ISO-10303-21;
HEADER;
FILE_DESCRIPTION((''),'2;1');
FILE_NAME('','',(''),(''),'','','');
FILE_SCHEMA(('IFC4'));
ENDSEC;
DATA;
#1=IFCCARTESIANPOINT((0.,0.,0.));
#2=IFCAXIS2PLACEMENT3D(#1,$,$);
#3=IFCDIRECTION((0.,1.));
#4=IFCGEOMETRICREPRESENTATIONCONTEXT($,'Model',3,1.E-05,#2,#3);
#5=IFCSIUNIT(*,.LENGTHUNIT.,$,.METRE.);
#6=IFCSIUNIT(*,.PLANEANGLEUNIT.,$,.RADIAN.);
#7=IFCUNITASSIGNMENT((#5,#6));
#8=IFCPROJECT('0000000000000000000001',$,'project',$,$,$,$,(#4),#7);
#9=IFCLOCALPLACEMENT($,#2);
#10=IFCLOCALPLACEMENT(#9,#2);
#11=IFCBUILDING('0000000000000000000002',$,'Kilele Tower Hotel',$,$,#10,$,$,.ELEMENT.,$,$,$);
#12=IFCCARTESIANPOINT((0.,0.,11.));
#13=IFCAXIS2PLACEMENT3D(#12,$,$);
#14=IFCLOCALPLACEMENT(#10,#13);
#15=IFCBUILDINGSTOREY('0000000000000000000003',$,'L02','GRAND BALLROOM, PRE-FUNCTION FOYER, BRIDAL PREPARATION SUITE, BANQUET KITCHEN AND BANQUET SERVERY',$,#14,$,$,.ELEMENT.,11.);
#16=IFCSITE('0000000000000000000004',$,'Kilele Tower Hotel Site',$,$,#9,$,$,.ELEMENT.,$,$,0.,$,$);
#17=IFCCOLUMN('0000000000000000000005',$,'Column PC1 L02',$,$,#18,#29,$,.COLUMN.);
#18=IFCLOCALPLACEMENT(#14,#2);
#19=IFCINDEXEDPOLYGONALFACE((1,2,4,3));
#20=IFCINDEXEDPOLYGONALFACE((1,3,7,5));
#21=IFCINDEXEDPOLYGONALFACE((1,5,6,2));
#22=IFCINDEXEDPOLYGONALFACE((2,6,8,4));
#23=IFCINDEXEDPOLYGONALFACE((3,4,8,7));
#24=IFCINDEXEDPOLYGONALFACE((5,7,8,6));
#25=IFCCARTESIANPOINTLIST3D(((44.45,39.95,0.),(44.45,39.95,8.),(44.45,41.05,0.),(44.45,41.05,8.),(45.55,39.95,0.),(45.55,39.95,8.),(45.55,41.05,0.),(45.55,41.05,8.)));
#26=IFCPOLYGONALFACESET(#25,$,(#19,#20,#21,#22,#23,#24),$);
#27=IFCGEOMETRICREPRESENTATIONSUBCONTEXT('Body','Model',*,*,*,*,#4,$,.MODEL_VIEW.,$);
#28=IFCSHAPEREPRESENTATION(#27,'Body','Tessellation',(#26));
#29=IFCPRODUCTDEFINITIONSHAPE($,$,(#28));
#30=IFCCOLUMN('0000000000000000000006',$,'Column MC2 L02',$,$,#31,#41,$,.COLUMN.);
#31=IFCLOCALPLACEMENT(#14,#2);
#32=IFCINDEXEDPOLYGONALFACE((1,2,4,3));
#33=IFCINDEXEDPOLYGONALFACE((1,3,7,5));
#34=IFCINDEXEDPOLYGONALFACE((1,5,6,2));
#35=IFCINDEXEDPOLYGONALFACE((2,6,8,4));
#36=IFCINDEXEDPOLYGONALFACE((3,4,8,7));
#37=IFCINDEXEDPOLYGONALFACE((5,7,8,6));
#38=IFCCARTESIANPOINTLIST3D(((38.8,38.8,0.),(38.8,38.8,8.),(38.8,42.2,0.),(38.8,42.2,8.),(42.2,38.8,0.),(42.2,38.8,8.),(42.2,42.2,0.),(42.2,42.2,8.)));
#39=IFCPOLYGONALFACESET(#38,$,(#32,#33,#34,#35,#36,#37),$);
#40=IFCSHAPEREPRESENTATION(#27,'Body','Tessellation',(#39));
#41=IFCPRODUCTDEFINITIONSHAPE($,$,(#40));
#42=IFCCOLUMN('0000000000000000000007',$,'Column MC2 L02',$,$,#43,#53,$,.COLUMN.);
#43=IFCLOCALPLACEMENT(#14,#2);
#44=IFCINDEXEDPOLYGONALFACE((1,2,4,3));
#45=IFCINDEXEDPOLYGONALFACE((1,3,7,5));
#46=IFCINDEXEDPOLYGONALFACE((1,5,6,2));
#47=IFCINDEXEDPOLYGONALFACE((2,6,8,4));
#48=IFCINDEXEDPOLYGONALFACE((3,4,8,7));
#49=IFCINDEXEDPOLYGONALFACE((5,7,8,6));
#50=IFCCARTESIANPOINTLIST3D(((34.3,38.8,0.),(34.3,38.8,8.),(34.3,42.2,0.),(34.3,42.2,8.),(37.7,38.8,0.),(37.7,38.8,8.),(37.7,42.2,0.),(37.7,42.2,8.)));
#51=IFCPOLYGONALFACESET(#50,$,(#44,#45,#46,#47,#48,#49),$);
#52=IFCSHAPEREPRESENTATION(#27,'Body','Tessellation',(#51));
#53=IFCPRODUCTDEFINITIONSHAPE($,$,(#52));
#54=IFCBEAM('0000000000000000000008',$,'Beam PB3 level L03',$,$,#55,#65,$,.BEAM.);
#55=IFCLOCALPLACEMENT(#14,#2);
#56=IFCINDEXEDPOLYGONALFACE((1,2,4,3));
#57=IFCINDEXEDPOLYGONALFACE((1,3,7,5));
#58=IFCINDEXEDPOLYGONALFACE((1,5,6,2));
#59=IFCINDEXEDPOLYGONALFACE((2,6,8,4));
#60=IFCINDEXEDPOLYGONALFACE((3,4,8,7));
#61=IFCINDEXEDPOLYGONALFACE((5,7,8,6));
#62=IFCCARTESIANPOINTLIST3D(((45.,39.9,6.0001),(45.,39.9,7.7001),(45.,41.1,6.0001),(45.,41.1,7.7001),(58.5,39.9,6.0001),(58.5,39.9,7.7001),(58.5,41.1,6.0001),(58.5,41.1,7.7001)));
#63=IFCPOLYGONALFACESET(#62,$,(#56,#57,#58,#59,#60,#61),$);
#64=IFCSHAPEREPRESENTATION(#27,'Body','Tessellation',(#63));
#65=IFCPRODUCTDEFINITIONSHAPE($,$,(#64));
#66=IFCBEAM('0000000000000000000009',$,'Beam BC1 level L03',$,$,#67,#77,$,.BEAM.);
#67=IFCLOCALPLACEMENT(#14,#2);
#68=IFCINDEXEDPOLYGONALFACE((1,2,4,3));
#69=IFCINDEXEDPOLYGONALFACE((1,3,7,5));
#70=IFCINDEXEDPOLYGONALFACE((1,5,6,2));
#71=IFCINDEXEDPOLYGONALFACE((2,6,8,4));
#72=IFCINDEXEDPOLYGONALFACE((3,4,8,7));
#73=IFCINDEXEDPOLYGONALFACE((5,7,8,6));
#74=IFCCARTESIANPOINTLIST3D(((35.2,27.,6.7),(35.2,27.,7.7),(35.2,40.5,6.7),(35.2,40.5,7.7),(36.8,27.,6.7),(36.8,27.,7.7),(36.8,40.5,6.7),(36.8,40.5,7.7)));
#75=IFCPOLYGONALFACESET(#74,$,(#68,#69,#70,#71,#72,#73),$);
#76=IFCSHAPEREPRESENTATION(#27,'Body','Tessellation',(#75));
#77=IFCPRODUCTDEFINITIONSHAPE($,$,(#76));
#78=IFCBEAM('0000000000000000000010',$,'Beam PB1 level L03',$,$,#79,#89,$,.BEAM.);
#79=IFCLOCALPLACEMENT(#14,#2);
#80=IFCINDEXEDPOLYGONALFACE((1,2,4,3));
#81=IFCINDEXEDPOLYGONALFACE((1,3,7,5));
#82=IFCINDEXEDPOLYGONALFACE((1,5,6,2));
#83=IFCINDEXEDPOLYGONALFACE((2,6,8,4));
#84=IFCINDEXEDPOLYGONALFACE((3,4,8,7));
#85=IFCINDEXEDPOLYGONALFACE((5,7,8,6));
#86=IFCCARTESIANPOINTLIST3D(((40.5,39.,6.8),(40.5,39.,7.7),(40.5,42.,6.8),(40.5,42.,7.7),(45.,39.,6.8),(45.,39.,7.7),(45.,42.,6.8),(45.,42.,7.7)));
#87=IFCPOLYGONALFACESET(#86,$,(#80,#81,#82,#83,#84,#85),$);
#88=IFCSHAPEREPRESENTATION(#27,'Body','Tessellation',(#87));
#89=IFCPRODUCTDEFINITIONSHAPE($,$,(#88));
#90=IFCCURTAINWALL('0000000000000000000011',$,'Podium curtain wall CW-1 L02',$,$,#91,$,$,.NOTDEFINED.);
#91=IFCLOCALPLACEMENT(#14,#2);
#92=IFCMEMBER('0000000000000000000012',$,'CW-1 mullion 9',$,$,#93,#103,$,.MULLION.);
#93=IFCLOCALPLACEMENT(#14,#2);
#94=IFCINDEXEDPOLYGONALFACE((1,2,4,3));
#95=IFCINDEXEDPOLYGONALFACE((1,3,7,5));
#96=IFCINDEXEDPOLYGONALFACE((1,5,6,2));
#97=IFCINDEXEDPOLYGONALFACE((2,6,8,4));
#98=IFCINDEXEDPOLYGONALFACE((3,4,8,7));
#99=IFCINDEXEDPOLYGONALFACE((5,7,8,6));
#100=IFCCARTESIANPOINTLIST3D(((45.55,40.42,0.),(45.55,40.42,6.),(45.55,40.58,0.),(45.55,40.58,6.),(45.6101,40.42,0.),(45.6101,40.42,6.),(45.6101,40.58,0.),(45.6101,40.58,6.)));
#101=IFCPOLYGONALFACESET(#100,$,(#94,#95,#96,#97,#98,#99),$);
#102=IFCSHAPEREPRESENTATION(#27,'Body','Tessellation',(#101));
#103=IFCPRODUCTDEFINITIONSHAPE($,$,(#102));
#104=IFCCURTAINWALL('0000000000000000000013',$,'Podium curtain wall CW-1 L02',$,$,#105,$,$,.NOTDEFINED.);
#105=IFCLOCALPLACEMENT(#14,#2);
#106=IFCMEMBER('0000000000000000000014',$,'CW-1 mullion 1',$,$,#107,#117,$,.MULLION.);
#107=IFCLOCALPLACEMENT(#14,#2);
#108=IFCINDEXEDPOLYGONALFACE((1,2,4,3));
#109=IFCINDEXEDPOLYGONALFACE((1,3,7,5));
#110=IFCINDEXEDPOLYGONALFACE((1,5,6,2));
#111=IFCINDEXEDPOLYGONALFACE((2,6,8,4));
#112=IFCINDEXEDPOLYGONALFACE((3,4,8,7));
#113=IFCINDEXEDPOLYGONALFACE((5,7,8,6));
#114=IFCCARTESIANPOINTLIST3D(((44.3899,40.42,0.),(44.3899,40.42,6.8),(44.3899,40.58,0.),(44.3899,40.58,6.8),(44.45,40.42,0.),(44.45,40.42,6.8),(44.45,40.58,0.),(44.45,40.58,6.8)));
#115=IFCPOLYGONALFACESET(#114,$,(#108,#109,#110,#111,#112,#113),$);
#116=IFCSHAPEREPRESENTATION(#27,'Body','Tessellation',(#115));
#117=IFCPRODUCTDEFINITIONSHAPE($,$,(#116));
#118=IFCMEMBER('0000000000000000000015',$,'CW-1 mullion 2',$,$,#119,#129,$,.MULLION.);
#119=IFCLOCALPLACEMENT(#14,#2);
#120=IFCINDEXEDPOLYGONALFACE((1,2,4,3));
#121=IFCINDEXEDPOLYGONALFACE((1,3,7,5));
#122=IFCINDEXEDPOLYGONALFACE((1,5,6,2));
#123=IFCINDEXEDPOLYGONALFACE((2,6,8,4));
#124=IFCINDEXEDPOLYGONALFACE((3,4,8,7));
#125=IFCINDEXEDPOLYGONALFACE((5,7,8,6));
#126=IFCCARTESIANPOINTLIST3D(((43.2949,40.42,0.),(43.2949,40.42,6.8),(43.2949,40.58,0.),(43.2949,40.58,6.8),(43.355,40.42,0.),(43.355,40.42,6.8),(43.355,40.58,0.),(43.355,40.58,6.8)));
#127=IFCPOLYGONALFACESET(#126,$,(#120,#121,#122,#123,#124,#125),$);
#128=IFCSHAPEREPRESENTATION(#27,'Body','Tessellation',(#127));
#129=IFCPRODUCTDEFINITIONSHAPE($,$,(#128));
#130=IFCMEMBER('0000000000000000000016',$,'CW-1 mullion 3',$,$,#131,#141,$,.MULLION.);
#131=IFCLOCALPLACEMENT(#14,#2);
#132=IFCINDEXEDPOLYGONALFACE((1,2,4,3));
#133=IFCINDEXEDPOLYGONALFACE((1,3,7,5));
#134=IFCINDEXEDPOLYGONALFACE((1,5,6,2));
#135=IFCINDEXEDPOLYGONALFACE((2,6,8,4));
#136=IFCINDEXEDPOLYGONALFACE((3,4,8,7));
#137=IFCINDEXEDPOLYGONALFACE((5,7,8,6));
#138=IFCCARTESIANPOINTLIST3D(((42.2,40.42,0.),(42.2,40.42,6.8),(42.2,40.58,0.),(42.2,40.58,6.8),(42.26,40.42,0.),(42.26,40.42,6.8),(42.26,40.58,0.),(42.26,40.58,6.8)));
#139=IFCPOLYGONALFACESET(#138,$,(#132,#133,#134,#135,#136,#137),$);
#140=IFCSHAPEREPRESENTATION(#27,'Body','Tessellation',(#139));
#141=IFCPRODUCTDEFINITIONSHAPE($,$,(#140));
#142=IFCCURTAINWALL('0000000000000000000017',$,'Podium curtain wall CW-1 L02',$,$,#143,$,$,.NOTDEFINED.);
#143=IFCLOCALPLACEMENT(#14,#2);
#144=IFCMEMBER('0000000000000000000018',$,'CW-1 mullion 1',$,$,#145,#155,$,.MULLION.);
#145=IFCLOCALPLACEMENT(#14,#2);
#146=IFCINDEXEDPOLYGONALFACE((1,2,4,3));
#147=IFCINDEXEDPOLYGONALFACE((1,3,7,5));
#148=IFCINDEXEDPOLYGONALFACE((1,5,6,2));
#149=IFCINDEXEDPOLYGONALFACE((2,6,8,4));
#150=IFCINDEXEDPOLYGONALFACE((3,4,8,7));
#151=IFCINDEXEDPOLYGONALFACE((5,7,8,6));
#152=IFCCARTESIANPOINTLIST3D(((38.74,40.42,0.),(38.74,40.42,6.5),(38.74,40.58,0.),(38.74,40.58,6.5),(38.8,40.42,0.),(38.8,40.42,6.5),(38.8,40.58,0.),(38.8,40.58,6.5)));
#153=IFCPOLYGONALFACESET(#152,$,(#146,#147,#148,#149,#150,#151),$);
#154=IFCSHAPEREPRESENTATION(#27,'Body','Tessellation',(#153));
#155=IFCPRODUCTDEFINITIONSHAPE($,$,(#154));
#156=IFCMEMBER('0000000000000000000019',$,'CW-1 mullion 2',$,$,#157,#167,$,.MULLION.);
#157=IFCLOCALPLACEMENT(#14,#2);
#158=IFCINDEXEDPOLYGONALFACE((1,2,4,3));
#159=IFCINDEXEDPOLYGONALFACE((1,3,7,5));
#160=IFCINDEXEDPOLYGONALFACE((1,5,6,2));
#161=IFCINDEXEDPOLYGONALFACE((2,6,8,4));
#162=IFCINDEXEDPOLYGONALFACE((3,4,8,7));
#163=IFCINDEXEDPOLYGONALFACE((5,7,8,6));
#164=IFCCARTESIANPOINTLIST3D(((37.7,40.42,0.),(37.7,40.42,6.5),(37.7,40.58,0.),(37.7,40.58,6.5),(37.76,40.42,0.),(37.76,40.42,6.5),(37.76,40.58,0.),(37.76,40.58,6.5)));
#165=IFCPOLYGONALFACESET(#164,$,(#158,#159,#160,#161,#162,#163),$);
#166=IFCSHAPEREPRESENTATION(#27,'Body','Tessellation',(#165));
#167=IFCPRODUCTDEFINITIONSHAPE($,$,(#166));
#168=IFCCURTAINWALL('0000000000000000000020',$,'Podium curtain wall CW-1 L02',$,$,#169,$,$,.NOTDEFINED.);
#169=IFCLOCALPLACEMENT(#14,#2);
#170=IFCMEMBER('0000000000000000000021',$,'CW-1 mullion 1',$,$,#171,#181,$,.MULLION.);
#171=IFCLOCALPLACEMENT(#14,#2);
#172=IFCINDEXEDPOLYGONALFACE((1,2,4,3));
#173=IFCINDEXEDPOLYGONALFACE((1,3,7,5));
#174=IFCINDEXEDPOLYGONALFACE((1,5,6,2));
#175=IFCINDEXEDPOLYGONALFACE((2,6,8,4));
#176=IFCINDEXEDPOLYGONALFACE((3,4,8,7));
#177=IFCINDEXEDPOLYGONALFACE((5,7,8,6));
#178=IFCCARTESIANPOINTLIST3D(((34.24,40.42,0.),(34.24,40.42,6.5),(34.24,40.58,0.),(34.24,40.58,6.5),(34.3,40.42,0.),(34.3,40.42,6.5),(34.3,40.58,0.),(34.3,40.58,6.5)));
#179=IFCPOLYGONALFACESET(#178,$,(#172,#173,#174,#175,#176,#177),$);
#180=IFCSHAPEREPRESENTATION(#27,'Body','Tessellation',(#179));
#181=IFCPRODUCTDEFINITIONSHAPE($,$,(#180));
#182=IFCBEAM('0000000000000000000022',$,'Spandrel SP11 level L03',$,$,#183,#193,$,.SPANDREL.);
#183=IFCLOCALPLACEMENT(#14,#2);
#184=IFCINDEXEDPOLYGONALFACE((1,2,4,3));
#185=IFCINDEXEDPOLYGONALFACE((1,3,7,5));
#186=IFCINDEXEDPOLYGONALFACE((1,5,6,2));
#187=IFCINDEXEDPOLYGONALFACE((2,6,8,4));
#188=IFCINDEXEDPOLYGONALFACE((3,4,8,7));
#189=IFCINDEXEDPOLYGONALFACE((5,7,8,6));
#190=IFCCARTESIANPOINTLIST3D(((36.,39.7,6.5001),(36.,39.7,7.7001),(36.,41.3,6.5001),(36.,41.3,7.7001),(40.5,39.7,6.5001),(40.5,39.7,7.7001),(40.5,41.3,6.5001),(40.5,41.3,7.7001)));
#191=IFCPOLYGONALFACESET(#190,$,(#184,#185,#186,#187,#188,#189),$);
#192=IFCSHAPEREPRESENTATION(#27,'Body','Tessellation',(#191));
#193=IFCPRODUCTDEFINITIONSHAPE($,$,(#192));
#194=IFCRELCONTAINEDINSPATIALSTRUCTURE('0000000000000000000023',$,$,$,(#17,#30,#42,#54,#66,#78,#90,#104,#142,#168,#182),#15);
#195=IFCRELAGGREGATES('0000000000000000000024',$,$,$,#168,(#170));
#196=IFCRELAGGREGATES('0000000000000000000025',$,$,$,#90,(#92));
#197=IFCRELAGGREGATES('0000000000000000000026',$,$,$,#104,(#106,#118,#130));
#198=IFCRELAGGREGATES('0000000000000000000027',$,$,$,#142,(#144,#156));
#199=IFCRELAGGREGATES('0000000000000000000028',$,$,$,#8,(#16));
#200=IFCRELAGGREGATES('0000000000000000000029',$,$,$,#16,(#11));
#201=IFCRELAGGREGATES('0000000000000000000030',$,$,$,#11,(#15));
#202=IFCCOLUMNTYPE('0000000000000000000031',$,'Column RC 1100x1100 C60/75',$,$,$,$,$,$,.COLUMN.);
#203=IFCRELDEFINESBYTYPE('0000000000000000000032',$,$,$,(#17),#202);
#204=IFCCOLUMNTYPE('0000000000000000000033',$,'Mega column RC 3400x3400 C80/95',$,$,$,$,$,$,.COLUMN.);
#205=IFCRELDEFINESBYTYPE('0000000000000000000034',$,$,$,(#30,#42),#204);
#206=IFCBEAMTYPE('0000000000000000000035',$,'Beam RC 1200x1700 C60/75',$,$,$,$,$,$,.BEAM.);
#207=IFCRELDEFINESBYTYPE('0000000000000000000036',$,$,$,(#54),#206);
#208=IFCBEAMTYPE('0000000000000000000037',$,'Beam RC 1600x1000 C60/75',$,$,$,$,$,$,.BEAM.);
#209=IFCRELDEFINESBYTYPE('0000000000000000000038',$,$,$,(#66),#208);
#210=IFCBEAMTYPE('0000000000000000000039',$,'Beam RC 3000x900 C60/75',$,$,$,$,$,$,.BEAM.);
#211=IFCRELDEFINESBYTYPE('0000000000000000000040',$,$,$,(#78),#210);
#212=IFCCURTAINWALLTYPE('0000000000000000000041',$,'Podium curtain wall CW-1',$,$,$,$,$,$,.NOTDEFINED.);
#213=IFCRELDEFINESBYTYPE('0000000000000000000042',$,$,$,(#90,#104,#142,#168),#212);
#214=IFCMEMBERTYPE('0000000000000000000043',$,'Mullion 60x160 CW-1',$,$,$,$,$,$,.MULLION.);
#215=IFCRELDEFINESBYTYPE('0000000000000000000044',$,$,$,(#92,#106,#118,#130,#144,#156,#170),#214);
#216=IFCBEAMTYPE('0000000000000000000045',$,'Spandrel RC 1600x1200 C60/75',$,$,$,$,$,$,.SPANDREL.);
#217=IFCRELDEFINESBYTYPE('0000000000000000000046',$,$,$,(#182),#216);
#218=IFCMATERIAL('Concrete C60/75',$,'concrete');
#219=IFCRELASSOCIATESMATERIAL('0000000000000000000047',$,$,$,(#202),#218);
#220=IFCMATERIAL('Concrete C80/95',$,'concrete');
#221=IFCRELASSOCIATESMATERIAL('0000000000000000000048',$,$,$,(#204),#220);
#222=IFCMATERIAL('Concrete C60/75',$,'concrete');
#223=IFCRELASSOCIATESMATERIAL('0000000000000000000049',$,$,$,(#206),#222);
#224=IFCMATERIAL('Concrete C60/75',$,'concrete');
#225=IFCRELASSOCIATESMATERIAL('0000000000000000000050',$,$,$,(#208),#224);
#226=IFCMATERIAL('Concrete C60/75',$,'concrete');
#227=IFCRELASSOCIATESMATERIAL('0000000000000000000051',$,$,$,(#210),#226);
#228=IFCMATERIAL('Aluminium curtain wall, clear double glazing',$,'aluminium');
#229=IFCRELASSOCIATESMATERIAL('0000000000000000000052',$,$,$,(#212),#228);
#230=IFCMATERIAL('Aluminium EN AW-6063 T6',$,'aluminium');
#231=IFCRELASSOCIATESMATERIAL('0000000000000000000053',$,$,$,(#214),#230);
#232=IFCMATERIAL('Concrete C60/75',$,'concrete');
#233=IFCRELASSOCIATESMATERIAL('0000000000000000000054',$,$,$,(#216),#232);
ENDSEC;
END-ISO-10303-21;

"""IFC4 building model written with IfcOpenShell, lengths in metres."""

from ifc_helpers import new_model, si_unit, direction, frame, origin, origin_2d, place, context, subcontext, project, spatial, rectangle, extrude, material, material_profile, profile_set, type_object, element, aggregate, save


model = new_model("IFC4")

# Units and contexts
model_context = context("Model", 3, precision=1e-05, world=origin(), true_north=direction((0.0, 1.0)))
body_context = subcontext(model_context, "Body", "Model", "MODEL_VIEW")
ifc_project = project(units=[si_unit("LENGTHUNIT", "METRE"), si_unit("PLANEANGLEUNIT", "RADIAN")], contexts=[model_context])

# Site, building, storey
site_placement = place(None, origin())
site = spatial("IfcSite", under=ifc_project, at=site_placement, Name="Kilele Tower Hotel Site", CompositionType="ELEMENT", RefElevation=0.0)
building_placement = place(site_placement, origin())
building = spatial("IfcBuilding", under=site, at=building_placement, Name="Kilele Tower Hotel", CompositionType="ELEMENT")
storey_placement = place(building_placement, frame((0.0, 0.0, 11.0)))
storey = spatial("IfcBuildingStorey", under=building, at=storey_placement, Name="L02", Description="GRAND BALLROOM, PRE-FUNCTION FOYER, BRIDAL PREPARATION SUITE, BANQUET KITCHEN AND BANQUET SERVERY", CompositionType="ELEMENT", Elevation=11.0)

# Columns
ifc_material_1 = material(Name="Concrete C60/75", Category="concrete")
ifc_material_profile_1 = material_profile(ifc_material_1, rectangle(XDim=1.1001, YDim=1.1001, at=origin_2d()))
ifc_profile_set_1 = profile_set([ifc_material_profile_1], Name="Concrete C60/75")
column_type_1 = type_object("IfcColumnType", Name="Column RC 1100x1100 C60/75", PredefinedType="COLUMN", material=ifc_profile_set_1)
column_placement = place(storey_placement, frame((45.0, 40.5, 0.0), z_axis=(0.0, 0.0, 1.0), x_axis=(1.0, 0.0, 0.0)))
element("IfcColumn", 1, at=column_placement, inside=storey, type_object=column_type_1, Name="Column PC1 L02", PredefinedType="COLUMN", context=body_context, shape_type="SweptSolid", body=[
    extrude(rectangle(XDim=1.1001, YDim=1.1001, at=origin_2d()), origin(), (0.0, 0.0, 1.0), 8.0),
])
ifc_material_2 = material(Name="Concrete C80/95", Category="concrete")
ifc_material_profile_2 = material_profile(ifc_material_2, rectangle(XDim=3.3999, YDim=3.3999, at=origin_2d()))
ifc_profile_set_2 = profile_set([ifc_material_profile_2], Name="Concrete C80/95")
column_type_2 = type_object("IfcColumnType", Name="Mega column RC 3400x3400 C80/95", PredefinedType="COLUMN", material=ifc_profile_set_2)
for number, where, z_axis, x_axis, name in (
    (2, (40.5, 40.5, 0.0), (0.0, 0.0, 1.0), (1.0, 0.0, 0.0), "Column MC2 L02"),
    (3, (36.0, 40.5, 0.0), (0.0, 0.0, 1.0), (1.0, 0.0, 0.0), "Column MC2 L02"),
):
    element("IfcColumn", number, at=place(storey_placement, frame(where, z_axis=z_axis, x_axis=x_axis)), inside=storey, type_object=column_type_2, Name=name, PredefinedType="COLUMN", context=body_context, shape_type="SweptSolid", body=[
        extrude(rectangle(XDim=3.3999, YDim=3.3999, at=origin_2d()), origin(), (0.0, 0.0, 1.0), 8.0),
    ])

# Beams
ifc_material_3 = material(Name="Concrete C60/75", Category="concrete")
ifc_material_profile_3 = material_profile(ifc_material_3, rectangle(XDim=1.2, YDim=1.7, at=origin_2d()))
ifc_profile_set_3 = profile_set([ifc_material_profile_3], Name="Concrete C60/75")
beam_type_1 = type_object("IfcBeamType", Name="Beam RC 1200x1700 C60/75", PredefinedType="BEAM", material=ifc_profile_set_3)
beam_1_placement = place(storey_placement, frame((45.0, 40.5, 6.8501), z_axis=(1.0, 0.0, 0.0), x_axis=(0.0, 1.0, 0.0)))
element("IfcBeam", 4, at=beam_1_placement, inside=storey, type_object=beam_type_1, Name="Beam PB3 level L03", PredefinedType="BEAM", context=body_context, shape_type="SweptSolid", body=[
    extrude(rectangle(XDim=1.2, YDim=1.7, at=origin_2d()), origin(), (0.0, 0.0, 1.0), 13.5),
])
ifc_material_4 = material(Name="Concrete C60/75", Category="concrete")
ifc_material_profile_4 = material_profile(ifc_material_4, rectangle(XDim=1.6001, YDim=1.0, at=origin_2d()))
ifc_profile_set_4 = profile_set([ifc_material_profile_4], Name="Concrete C60/75")
beam_type_2 = type_object("IfcBeamType", Name="Beam RC 1600x1000 C60/75", PredefinedType="BEAM", material=ifc_profile_set_4)
beam_2_placement = place(storey_placement, frame((36.0, 40.5, 7.2), z_axis=(0.0, -1.0, 0.0), x_axis=(1.0, 0.0, 0.0)))
element("IfcBeam", 5, at=beam_2_placement, inside=storey, type_object=beam_type_2, Name="Beam BC1 level L03", PredefinedType="BEAM", context=body_context, shape_type="SweptSolid", body=[
    extrude(rectangle(XDim=1.6001, YDim=1.0, at=origin_2d()), origin(), (0.0, 0.0, 1.0), 13.5),
])
ifc_material_5 = material(Name="Concrete C60/75", Category="concrete")
ifc_material_profile_5 = material_profile(ifc_material_5, rectangle(XDim=3.0, YDim=0.8999, at=origin_2d()))
ifc_profile_set_5 = profile_set([ifc_material_profile_5], Name="Concrete C60/75")
beam_type_3 = type_object("IfcBeamType", Name="Beam RC 3000x900 C60/75", PredefinedType="BEAM", material=ifc_profile_set_5)
beam_3_placement = place(storey_placement, frame((40.5, 40.5, 7.25), z_axis=(1.0, 0.0, 0.0), x_axis=(0.0, 1.0, 0.0)))
element("IfcBeam", 6, at=beam_3_placement, inside=storey, type_object=beam_type_3, Name="Beam PB1 level L03", PredefinedType="BEAM", context=body_context, shape_type="SweptSolid", body=[
    extrude(rectangle(XDim=3.0, YDim=0.8999, at=origin_2d()), origin(), (0.0, 0.0, 1.0), 4.5),
])

# Curtain wall, member
ifc_material_6 = material(Name="Aluminium curtain wall, clear double glazing", Category="aluminium")
curtain_wall_type = type_object("IfcCurtainWallType", Name="Podium curtain wall CW-1", PredefinedType="NOTDEFINED", material=ifc_material_6)
curtain_wall_1_placement = place(storey_placement, origin())
curtain_wall_1 = element("IfcCurtainWall", 7, at=curtain_wall_1_placement, inside=storey, type_object=curtain_wall_type, Name="Podium curtain wall CW-1 L02", PredefinedType="NOTDEFINED")
ifc_material_7 = material(Name="Aluminium EN AW-6063 T6", Category="aluminium")
ifc_material_profile_6 = material_profile(ifc_material_7, rectangle(XDim=0.1599, YDim=0.0601, at=origin_2d()))
ifc_profile_set_6 = profile_set([ifc_material_profile_6], Name="Aluminium EN AW-6063 T6")
member_type_1 = type_object("IfcMemberType", Name="Mullion 60x160 CW-1", PredefinedType="MULLION", material=ifc_profile_set_6)
member_1_placement = place(storey_placement, frame((45.5801, 40.5, 0.0), z_axis=(0.0, 0.0, 1.0), x_axis=(0.0, -1.0, 0.0)))
member_1 = element("IfcMember", 8, at=member_1_placement, type_object=member_type_1, Name="CW-1 mullion 9", PredefinedType="MULLION", context=body_context, shape_type="SweptSolid", body=[
    extrude(rectangle(XDim=0.1599, YDim=0.0601, at=origin_2d()), origin(), (0.0, 0.0, 1.0), 6.0),
])

# Curtain walls, members
curtain_wall_2_placement = place(storey_placement, origin())
curtain_wall_2 = element("IfcCurtainWall", 9, at=curtain_wall_2_placement, inside=storey, type_object=curtain_wall_type, Name="Podium curtain wall CW-1 L02", PredefinedType="NOTDEFINED")
member_2_placement = place(storey_placement, frame((44.4199, 40.5, 0.0), z_axis=(0.0, 0.0, 1.0), x_axis=(0.0, -1.0, 0.0)))
member_2 = element("IfcMember", 10, at=member_2_placement, type_object=member_type_1, Name="CW-1 mullion 1", PredefinedType="MULLION", context=body_context, shape_type="SweptSolid", body=[
    extrude(rectangle(XDim=0.1599, YDim=0.0601, at=origin_2d()), origin(), (0.0, 0.0, 1.0), 6.8),
])
member_3_placement = place(storey_placement, frame((43.325, 40.5, 0.0), z_axis=(0.0, 0.0, 1.0), x_axis=(0.0, -1.0, 0.0)))
member_3 = element("IfcMember", 11, at=member_3_placement, type_object=member_type_1, Name="CW-1 mullion 2", PredefinedType="MULLION", context=body_context, shape_type="SweptSolid", body=[
    extrude(rectangle(XDim=0.1599, YDim=0.0601, at=origin_2d()), origin(), (0.0, 0.0, 1.0), 6.8),
])
member_4_placement = place(storey_placement, frame((42.23, 40.5, 0.0), z_axis=(0.0, 0.0, 1.0), x_axis=(0.0, -1.0, 0.0)))
member_4 = element("IfcMember", 12, at=member_4_placement, type_object=member_type_1, Name="CW-1 mullion 3", PredefinedType="MULLION", context=body_context, shape_type="SweptSolid", body=[
    extrude(rectangle(XDim=0.1599, YDim=0.0601, at=origin_2d()), origin(), (0.0, 0.0, 1.0), 6.8),
])
curtain_wall_3_placement = place(storey_placement, origin())
curtain_wall_3 = element("IfcCurtainWall", 13, at=curtain_wall_3_placement, inside=storey, type_object=curtain_wall_type, Name="Podium curtain wall CW-1 L02", PredefinedType="NOTDEFINED")
member_5_placement = place(storey_placement, frame((38.77, 40.5, 0.0), z_axis=(0.0, 0.0, 1.0), x_axis=(0.0, -1.0, 0.0)))
member_5 = element("IfcMember", 14, at=member_5_placement, type_object=member_type_1, Name="CW-1 mullion 1", PredefinedType="MULLION", context=body_context, shape_type="SweptSolid", body=[
    extrude(rectangle(XDim=0.1599, YDim=0.0601, at=origin_2d()), origin(), (0.0, 0.0, 1.0), 6.5),
])
member_6_placement = place(storey_placement, frame((37.73, 40.5, 0.0), z_axis=(0.0, 0.0, 1.0), x_axis=(0.0, -1.0, 0.0)))
member_6 = element("IfcMember", 15, at=member_6_placement, type_object=member_type_1, Name="CW-1 mullion 2", PredefinedType="MULLION", context=body_context, shape_type="SweptSolid", body=[
    extrude(rectangle(XDim=0.1599, YDim=0.0601, at=origin_2d()), origin(), (0.0, 0.0, 1.0), 6.5),
])

# Curtain wall, member
curtain_wall_4_placement = place(storey_placement, origin())
curtain_wall_4 = element("IfcCurtainWall", 16, at=curtain_wall_4_placement, inside=storey, type_object=curtain_wall_type, Name="Podium curtain wall CW-1 L02", PredefinedType="NOTDEFINED")
member_7_placement = place(storey_placement, frame((34.27, 40.5, 0.0), z_axis=(0.0, 0.0, 1.0), x_axis=(0.0, -1.0, 0.0)))
member_7 = element("IfcMember", 17, at=member_7_placement, type_object=member_type_1, Name="CW-1 mullion 1", PredefinedType="MULLION", context=body_context, shape_type="SweptSolid", body=[
    extrude(rectangle(XDim=0.1599, YDim=0.0601, at=origin_2d()), origin(), (0.0, 0.0, 1.0), 6.5),
])
aggregate(curtain_wall_4, [member_7])

# Beam
ifc_material_8 = material(Name="Concrete C60/75", Category="concrete")
ifc_material_profile_7 = material_profile(ifc_material_8, rectangle(XDim=1.6001, YDim=1.2, at=origin_2d()))
ifc_profile_set_7 = profile_set([ifc_material_profile_7], Name="Concrete C60/75")
beam_type_4 = type_object("IfcBeamType", Name="Spandrel RC 1600x1200 C60/75", PredefinedType="SPANDREL", material=ifc_profile_set_7)
beam_4_placement = place(storey_placement, frame((40.5, 40.5, 7.1001), z_axis=(-1.0, 0.0, 0.0), x_axis=(0.0, -1.0, 0.0)))
element("IfcBeam", 18, at=beam_4_placement, inside=storey, type_object=beam_type_4, Name="Spandrel SP11 level L03", PredefinedType="SPANDREL", context=body_context, shape_type="SweptSolid", body=[
    extrude(rectangle(XDim=1.6001, YDim=1.2, at=origin_2d()), origin(), (0.0, 0.0, 1.0), 4.5),
])

aggregate(curtain_wall_1, [member_1])
aggregate(curtain_wall_2, [member_2, member_3, member_4])
aggregate(curtain_wall_3, [member_5, member_6])

save(model, "model.ifc")
